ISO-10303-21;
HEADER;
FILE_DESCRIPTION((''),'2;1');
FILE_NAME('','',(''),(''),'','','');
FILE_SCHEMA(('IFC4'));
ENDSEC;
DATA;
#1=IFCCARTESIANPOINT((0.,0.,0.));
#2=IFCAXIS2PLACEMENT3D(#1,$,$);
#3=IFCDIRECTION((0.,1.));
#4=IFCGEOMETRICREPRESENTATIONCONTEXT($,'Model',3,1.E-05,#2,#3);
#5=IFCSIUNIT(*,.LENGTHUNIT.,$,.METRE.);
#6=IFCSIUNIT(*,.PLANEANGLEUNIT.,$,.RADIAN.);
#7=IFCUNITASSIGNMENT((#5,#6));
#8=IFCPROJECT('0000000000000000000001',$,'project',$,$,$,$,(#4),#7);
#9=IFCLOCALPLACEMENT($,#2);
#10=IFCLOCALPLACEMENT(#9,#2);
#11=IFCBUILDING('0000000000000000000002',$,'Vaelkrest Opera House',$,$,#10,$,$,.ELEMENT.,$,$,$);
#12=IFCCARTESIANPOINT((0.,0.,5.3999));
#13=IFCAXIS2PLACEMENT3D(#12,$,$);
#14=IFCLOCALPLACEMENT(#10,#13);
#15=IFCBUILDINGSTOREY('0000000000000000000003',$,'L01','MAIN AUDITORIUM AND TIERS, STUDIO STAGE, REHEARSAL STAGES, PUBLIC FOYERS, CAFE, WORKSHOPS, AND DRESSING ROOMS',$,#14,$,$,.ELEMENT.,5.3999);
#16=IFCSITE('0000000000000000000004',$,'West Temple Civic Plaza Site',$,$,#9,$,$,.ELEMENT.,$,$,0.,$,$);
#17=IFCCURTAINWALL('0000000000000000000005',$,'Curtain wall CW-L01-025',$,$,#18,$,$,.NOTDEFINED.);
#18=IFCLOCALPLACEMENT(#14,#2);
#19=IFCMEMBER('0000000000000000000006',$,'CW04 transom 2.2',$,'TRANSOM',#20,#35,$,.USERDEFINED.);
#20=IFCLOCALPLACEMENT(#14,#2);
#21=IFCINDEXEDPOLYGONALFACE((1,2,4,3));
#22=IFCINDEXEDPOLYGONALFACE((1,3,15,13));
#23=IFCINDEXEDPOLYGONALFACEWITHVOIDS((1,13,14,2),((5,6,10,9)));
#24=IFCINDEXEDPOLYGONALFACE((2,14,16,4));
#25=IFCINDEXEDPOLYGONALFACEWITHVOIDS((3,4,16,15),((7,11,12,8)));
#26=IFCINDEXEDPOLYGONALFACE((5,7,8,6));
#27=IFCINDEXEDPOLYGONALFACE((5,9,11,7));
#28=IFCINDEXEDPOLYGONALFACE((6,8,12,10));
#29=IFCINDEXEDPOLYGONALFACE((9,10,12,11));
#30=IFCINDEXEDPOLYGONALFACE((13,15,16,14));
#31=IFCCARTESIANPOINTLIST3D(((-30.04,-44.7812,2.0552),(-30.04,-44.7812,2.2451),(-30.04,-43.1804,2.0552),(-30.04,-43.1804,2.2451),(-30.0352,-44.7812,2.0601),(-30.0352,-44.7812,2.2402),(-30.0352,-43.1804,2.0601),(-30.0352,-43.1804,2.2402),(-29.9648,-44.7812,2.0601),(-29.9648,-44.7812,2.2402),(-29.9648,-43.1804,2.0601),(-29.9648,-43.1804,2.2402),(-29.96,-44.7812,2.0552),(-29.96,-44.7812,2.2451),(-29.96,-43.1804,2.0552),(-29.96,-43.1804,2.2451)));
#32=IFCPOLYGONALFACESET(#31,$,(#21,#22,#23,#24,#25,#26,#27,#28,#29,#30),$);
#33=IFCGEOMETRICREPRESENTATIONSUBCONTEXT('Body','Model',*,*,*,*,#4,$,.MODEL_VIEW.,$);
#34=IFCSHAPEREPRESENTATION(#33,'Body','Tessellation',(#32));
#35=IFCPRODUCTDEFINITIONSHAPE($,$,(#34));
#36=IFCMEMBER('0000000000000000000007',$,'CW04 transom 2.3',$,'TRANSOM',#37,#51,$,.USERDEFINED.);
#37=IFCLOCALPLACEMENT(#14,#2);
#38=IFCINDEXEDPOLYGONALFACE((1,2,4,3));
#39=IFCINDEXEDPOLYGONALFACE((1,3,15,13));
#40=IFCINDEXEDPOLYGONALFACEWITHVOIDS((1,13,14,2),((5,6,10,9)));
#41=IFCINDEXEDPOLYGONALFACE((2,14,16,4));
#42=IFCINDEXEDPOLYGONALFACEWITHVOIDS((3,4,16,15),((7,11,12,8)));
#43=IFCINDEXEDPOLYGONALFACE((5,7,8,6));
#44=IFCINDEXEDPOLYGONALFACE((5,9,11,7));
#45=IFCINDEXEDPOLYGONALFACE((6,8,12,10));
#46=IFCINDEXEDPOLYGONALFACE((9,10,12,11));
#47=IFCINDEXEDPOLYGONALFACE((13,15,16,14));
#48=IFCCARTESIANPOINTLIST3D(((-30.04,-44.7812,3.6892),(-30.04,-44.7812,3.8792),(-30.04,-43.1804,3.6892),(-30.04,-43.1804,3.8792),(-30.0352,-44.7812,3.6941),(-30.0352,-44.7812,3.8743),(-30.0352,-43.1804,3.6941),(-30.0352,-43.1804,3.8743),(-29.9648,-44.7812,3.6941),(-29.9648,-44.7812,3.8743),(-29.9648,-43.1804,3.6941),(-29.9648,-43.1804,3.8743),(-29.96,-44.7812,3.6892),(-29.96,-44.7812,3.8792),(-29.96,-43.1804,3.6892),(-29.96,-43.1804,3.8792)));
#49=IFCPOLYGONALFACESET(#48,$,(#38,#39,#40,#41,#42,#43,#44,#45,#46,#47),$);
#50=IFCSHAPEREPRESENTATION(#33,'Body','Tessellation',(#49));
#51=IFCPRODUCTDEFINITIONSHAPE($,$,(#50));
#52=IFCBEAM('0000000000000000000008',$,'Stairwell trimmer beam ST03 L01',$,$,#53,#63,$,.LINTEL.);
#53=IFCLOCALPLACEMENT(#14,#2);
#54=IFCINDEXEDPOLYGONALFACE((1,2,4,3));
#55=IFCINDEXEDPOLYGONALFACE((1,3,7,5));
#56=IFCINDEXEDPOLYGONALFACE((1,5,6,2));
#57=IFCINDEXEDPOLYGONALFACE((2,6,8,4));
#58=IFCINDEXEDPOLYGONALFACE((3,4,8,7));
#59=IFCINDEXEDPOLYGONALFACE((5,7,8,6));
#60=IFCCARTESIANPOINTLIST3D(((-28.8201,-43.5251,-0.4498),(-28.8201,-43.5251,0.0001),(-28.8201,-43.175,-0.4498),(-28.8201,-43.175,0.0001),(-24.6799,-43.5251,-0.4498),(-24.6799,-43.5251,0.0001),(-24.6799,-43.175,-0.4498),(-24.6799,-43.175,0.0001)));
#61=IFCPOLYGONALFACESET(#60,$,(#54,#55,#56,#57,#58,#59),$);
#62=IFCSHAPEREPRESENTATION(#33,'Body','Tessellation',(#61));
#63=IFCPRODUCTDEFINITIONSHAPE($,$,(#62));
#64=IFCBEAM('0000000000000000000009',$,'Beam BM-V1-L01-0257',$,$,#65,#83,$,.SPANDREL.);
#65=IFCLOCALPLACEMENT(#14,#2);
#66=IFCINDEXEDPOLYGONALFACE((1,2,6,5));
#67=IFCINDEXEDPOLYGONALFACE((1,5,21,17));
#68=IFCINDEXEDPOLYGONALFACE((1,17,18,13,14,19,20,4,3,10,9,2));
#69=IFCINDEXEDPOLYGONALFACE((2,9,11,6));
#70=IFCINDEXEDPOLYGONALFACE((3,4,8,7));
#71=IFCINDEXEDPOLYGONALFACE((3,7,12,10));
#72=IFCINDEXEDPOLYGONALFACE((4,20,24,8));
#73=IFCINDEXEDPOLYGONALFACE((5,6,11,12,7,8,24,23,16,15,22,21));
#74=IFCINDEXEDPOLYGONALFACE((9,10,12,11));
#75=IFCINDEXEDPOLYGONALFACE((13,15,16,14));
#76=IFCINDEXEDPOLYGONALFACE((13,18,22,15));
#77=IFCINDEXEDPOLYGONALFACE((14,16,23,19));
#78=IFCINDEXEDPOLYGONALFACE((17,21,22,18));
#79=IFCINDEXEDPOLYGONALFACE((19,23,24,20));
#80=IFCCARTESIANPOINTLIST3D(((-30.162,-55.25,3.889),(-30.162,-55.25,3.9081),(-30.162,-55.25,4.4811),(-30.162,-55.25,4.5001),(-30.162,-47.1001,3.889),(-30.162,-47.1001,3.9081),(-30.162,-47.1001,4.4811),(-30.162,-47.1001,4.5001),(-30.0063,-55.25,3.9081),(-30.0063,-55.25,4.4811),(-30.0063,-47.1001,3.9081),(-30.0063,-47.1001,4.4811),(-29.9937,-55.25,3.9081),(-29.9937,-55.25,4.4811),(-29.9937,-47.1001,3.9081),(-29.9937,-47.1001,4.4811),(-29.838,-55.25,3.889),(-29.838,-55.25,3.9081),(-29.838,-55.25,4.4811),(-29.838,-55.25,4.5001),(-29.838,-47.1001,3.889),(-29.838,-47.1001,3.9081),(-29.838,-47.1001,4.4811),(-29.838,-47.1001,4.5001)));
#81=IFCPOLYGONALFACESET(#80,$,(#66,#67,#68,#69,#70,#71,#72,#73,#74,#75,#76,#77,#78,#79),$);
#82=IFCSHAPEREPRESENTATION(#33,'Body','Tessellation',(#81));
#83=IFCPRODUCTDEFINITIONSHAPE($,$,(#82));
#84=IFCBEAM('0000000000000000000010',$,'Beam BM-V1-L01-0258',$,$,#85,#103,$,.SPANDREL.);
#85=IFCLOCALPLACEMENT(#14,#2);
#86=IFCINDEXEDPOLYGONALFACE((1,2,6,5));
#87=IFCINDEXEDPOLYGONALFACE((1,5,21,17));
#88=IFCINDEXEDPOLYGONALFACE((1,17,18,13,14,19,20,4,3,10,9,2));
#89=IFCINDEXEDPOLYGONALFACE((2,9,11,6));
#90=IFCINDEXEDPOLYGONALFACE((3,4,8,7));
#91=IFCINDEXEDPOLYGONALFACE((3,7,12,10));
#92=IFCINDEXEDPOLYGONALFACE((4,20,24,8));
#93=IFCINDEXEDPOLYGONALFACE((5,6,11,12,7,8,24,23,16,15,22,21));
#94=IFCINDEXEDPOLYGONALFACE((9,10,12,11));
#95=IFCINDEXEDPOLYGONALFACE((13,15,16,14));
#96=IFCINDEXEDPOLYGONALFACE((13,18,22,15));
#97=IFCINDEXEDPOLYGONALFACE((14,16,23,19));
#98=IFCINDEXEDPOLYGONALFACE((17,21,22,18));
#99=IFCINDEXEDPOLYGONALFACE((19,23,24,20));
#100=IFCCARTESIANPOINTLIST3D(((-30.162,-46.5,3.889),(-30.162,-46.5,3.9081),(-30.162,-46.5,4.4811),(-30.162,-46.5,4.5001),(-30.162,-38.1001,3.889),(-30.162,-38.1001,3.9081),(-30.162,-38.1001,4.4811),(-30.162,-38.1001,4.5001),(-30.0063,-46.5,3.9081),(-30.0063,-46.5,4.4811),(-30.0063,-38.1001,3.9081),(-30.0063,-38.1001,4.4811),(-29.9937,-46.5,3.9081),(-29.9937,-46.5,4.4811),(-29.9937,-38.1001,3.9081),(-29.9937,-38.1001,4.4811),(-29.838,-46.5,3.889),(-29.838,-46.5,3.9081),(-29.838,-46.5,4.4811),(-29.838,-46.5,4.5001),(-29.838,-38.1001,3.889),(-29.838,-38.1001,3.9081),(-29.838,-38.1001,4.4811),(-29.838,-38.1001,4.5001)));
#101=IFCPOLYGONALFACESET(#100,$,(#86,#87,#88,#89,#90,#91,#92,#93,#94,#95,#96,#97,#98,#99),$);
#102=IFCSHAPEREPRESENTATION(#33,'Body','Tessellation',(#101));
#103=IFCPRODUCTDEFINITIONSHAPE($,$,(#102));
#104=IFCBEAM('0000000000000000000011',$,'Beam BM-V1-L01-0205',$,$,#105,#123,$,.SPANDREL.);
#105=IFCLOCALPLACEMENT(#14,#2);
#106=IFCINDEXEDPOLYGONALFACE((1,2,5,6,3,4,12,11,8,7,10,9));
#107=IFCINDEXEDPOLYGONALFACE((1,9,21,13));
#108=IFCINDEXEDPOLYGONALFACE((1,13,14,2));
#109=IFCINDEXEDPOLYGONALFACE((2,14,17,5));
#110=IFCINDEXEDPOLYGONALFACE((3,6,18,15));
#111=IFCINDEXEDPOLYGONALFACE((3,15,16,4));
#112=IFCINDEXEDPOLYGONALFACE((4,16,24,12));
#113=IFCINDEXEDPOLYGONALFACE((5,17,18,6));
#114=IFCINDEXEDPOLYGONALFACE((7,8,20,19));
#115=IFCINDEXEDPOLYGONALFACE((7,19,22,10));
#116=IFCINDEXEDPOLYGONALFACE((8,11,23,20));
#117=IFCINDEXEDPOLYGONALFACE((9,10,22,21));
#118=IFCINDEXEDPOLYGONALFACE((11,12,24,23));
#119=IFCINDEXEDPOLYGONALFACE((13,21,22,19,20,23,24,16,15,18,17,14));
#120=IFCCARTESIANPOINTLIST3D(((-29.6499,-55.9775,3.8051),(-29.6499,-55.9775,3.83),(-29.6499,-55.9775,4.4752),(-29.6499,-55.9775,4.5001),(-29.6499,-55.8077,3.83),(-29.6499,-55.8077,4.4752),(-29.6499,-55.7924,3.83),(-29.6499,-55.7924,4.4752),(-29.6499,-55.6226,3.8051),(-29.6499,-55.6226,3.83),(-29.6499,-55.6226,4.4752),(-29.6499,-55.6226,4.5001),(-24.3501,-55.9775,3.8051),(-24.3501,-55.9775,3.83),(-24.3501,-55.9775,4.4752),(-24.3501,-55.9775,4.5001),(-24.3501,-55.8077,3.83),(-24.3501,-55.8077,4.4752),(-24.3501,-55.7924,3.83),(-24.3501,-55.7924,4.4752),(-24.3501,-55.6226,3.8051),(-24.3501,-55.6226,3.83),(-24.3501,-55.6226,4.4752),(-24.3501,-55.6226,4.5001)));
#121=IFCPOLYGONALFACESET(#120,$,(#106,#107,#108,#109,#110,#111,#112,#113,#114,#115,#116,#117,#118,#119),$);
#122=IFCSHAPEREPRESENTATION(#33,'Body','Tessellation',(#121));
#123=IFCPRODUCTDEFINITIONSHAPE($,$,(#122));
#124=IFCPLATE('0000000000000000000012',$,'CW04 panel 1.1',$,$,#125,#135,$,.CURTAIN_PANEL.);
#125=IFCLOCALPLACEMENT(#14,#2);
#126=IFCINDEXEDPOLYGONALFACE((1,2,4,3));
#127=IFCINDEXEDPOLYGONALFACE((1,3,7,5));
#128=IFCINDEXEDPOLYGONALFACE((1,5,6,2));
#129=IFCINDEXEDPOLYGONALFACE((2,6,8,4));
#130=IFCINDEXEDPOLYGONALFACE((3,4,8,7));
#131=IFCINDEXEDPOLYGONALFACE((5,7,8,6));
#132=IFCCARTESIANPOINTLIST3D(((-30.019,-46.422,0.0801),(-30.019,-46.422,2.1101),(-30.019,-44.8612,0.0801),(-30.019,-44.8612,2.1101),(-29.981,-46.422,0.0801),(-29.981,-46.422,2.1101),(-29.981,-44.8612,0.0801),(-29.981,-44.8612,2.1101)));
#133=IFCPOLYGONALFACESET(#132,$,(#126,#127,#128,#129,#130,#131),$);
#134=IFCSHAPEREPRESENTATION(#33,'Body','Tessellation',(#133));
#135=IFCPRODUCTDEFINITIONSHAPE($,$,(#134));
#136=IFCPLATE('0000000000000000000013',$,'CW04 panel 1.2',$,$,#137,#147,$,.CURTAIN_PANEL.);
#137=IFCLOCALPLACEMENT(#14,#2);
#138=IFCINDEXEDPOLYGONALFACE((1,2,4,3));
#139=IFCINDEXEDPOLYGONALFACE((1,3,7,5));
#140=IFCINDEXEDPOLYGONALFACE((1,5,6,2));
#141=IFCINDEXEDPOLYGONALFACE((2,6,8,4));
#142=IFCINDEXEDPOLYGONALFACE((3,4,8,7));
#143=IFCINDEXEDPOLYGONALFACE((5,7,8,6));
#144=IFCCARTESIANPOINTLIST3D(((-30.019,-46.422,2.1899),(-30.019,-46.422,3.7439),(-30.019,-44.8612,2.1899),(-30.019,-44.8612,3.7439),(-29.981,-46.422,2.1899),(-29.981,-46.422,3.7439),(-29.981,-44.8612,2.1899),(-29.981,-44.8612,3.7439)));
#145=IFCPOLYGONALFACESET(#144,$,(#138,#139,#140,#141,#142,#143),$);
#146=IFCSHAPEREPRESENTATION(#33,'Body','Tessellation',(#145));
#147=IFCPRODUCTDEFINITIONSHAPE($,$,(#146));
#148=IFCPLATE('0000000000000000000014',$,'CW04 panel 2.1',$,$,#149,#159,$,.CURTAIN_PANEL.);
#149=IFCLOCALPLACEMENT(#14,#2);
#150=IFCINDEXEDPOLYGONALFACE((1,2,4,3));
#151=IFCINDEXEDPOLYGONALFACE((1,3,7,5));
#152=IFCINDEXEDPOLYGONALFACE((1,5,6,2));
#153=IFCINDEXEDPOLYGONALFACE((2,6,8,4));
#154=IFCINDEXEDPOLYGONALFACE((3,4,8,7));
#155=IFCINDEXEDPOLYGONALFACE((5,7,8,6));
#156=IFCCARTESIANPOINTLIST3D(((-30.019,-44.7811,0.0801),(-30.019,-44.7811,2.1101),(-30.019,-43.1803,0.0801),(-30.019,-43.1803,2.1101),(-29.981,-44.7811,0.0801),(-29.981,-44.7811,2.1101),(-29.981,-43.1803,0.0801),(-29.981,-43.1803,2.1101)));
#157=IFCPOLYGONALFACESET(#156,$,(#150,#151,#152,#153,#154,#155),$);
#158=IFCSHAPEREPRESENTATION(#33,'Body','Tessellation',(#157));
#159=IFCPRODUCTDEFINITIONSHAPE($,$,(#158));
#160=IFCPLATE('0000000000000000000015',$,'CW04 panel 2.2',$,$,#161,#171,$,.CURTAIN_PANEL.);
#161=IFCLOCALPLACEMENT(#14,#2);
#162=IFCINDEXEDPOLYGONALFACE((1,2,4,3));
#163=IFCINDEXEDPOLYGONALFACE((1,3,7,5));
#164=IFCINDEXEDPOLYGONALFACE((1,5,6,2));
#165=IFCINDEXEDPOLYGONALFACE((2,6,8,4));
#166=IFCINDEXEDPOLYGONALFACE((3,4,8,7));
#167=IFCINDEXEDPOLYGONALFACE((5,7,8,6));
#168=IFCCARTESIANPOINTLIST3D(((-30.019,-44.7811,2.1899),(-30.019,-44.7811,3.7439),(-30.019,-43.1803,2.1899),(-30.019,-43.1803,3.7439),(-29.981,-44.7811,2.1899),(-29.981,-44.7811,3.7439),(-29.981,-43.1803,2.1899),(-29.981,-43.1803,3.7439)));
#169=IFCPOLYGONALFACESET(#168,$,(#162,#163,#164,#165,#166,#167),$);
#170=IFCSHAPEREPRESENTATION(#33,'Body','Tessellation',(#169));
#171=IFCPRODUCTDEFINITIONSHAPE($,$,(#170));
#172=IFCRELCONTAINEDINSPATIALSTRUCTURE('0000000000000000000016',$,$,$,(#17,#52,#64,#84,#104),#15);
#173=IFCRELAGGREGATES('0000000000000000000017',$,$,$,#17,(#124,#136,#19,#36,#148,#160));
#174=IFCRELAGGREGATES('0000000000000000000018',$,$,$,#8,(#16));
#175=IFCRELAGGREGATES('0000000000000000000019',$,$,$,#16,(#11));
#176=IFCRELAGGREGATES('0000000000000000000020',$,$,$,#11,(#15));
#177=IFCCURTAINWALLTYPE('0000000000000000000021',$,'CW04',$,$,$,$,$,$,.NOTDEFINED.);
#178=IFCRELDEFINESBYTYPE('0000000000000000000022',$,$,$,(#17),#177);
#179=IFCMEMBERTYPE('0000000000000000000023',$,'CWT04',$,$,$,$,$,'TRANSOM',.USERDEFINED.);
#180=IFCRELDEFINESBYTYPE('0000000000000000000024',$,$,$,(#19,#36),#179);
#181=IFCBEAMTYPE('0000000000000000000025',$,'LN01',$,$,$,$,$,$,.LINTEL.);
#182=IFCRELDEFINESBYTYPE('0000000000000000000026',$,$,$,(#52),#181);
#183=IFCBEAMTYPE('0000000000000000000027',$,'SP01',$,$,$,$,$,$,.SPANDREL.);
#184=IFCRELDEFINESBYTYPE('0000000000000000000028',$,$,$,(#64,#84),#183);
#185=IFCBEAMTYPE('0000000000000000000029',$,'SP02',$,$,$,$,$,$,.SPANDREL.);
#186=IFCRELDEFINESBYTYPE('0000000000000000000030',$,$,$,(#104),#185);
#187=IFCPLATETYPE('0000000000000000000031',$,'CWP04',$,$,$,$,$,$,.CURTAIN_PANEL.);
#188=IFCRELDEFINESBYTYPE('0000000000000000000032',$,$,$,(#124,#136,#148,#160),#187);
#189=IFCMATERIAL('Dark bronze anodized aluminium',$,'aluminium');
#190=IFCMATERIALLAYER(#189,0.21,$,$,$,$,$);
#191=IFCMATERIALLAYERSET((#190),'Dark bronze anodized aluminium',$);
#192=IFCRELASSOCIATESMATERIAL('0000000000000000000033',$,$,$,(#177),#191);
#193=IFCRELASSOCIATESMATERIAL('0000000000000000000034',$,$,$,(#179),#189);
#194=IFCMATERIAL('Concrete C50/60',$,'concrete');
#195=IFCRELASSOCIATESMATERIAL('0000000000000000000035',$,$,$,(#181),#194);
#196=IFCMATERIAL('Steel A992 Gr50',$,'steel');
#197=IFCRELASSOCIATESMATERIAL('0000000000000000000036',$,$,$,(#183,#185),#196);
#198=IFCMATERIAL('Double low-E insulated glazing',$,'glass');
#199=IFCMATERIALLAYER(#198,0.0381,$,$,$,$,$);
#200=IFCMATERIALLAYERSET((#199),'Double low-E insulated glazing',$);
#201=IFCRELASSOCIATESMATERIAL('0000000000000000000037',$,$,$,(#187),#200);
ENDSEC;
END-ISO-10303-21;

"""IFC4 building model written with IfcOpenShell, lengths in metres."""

from ifc_helpers import new_model, si_unit, direction, frame, origin, origin_2d, place, context, subcontext, project, spatial, rectangle, hollow_rectangle, i_section, extrude, material, layer, layer_set, material_profile, profile_set, type_object, element, aggregate, save


model = new_model("IFC4")

# Units and contexts
model_context = context("Model", 3, precision=1e-05, world=origin(), true_north=direction((0.0, 1.0)))
body_context = subcontext(model_context, "Body", "Model", "MODEL_VIEW")
ifc_project = project(units=[si_unit("LENGTHUNIT", "METRE"), si_unit("PLANEANGLEUNIT", "RADIAN")], contexts=[model_context])

# Site, building, storey
site_placement = place(None, origin())
site = spatial("IfcSite", under=ifc_project, at=site_placement, Name="West Temple Civic Plaza Site", CompositionType="ELEMENT", RefElevation=0.0)
building_placement = place(site_placement, origin())
building = spatial("IfcBuilding", under=site, at=building_placement, Name="Vaelkrest Opera House", CompositionType="ELEMENT")
storey_placement = place(building_placement, frame((0.0, 0.0, 5.3999)))
storey = spatial("IfcBuildingStorey", under=building, at=storey_placement, Name="L01", Description="MAIN AUDITORIUM AND TIERS, STUDIO STAGE, REHEARSAL STAGES, PUBLIC FOYERS, CAFE, WORKSHOPS, AND DRESSING ROOMS", CompositionType="ELEMENT", Elevation=5.3999)

# Shared definitions
ifc_material_1 = material(Name="Concrete C50/60", Category="concrete")

# Shared definitions
ifc_material_2 = material(Name="Steel A992 Gr50", Category="steel")

# Curtain wall, members
ifc_material_3 = material(Name="Dark bronze anodized aluminium", Category="aluminium")
ifc_layer_1 = layer(ifc_material_3, 0.21)
ifc_layer_set_1 = layer_set([ifc_layer_1], Name="Dark bronze anodized aluminium")
curtain_wall_type = type_object("IfcCurtainWallType", Name="CW04", PredefinedType="NOTDEFINED", material=ifc_layer_set_1)
curtain_wall_placement = place(storey_placement, origin())
curtain_wall = element("IfcCurtainWall", 1, at=curtain_wall_placement, inside=storey, type_object=curtain_wall_type, Name="Curtain wall CW-L01-025", PredefinedType="NOTDEFINED")
ifc_material_profile_1 = material_profile(ifc_material_3, hollow_rectangle(XDim=0.0801, YDim=0.1899, WallThickness=0.0049, at=origin_2d()), Name="CWT80X190")
ifc_profile_set_1 = profile_set([ifc_material_profile_1], Name="Dark bronze anodized aluminium")
member_type_1 = type_object("IfcMemberType", Name="CWT04", ElementType="TRANSOM", PredefinedType="USERDEFINED", material=ifc_profile_set_1)
member_1_placement = place(storey_placement, frame((-30.0, -44.7812, 2.1501), z_axis=(0.0, 1.0, 0.0), x_axis=(-1.0, 0.0, 0.0)))
member_1 = element("IfcMember", 2, at=member_1_placement, type_object=member_type_1, Name="CW04 transom 2.2", ObjectType="TRANSOM", PredefinedType="USERDEFINED", context=body_context, shape_type="SweptSolid", body=[
    extrude(hollow_rectangle(XDim=0.0801, YDim=0.1899, WallThickness=0.0049, at=origin_2d()), origin(), (0.0, 0.0, 1.0), 1.6008),
])
member_2_placement = place(storey_placement, frame((-30.0, -44.7812, 3.7842), z_axis=(0.0, 1.0, 0.0), x_axis=(-1.0, 0.0, 0.0)))
member_2 = element("IfcMember", 3, at=member_2_placement, type_object=member_type_1, Name="CW04 transom 2.3", ObjectType="TRANSOM", PredefinedType="USERDEFINED", context=body_context, shape_type="SweptSolid", body=[
    extrude(hollow_rectangle(XDim=0.0801, YDim=0.1899, WallThickness=0.0049, at=origin_2d()), origin(), (0.0, 0.0, 1.0), 1.6008),
])

# Beams
ifc_material_profile_2 = material_profile(ifc_material_1, rectangle(XDim=0.3501, YDim=0.45, at=origin_2d()), Name="RCB350X450")
ifc_profile_set_2 = profile_set([ifc_material_profile_2], Name="Concrete C50/60")
beam_type_1 = type_object("IfcBeamType", Name="LN01", PredefinedType="LINTEL", material=ifc_profile_set_2)
beam_1_placement = place(storey_placement, frame((-28.8201, -43.3501, -0.2249), z_axis=(1.0, 0.0, 0.0), x_axis=(0.0, 1.0, 0.0)))
element("IfcBeam", 4, at=beam_1_placement, inside=storey, type_object=beam_type_1, Name="Stairwell trimmer beam ST03 L01", PredefinedType="LINTEL", context=body_context, shape_type="SweptSolid", body=[
    extrude(rectangle(XDim=0.3501, YDim=0.45, at=origin_2d()), origin(), (0.0, 0.0, 1.0), 4.1401),
])
ifc_material_profile_3 = material_profile(ifc_material_2, i_section(OverallWidth=0.324, OverallDepth=0.6111, WebThickness=0.0127, FlangeThickness=0.019, at=origin_2d()), Name="W24X104")
ifc_profile_set_3 = profile_set([ifc_material_profile_3], Name="Steel A992 Gr50")
beam_type_2 = type_object("IfcBeamType", Name="SP01", PredefinedType="SPANDREL", material=ifc_profile_set_3)
beam_2_placement = place(storey_placement, frame((-30.0, -55.25, 4.1946), z_axis=(0.0, 1.0, 0.0), x_axis=(-1.0, 0.0, 0.0)))
element("IfcBeam", 5, at=beam_2_placement, inside=storey, type_object=beam_type_2, Name="Beam BM-V1-L01-0257", PredefinedType="SPANDREL", context=body_context, shape_type="SweptSolid", body=[
    extrude(i_section(OverallWidth=0.324, OverallDepth=0.6111, WebThickness=0.0127, FlangeThickness=0.019, at=origin_2d()), origin(), (0.0, 0.0, 1.0), 8.1499),
])
beam_3_placement = place(storey_placement, frame((-30.0, -46.5, 4.1946), z_axis=(0.0, 1.0, 0.0), x_axis=(-1.0, 0.0, 0.0)))
element("IfcBeam", 6, at=beam_3_placement, inside=storey, type_object=beam_type_2, Name="Beam BM-V1-L01-0258", PredefinedType="SPANDREL", context=body_context, shape_type="SweptSolid", body=[
    extrude(i_section(OverallWidth=0.324, OverallDepth=0.6111, WebThickness=0.0127, FlangeThickness=0.019, at=origin_2d()), origin(), (0.0, 0.0, 1.0), 8.3999),
])
ifc_material_profile_4 = material_profile(ifc_material_2, i_section(OverallWidth=0.355, OverallDepth=0.6951, WebThickness=0.0154, FlangeThickness=0.0249, at=origin_2d()), Name="W27X146")
ifc_profile_set_4 = profile_set([ifc_material_profile_4], Name="Steel A992 Gr50")
beam_type_3 = type_object("IfcBeamType", Name="SP02", PredefinedType="SPANDREL", material=ifc_profile_set_4)
beam_4_placement = place(storey_placement, frame((-29.6499, -55.8, 4.1526), z_axis=(1.0, 0.0, 0.0), x_axis=(0.0, 1.0, 0.0)))
element("IfcBeam", 7, at=beam_4_placement, inside=storey, type_object=beam_type_3, Name="Beam BM-V1-L01-0205", PredefinedType="SPANDREL", context=body_context, shape_type="SweptSolid", body=[
    extrude(i_section(OverallWidth=0.355, OverallDepth=0.6951, WebThickness=0.0154, FlangeThickness=0.0249, at=origin_2d()), origin(), (0.0, 0.0, 1.0), 5.2998),
])

# Plates
ifc_material_4 = material(Name="Double low-E insulated glazing", Category="glass")
ifc_layer_2 = layer(ifc_material_4, 0.0381)
ifc_layer_set_2 = layer_set([ifc_layer_2], Name="Double low-E insulated glazing")
plate_type = type_object("IfcPlateType", Name="CWP04", PredefinedType="CURTAIN_PANEL", material=ifc_layer_set_2)
plate_1_placement = place(storey_placement, frame((-30.0, -45.6416, 0.0801), z_axis=(0.0, 0.0, 1.0), x_axis=(0.0, 1.0, 0.0)))
plate_1 = element("IfcPlate", 8, at=plate_1_placement, type_object=plate_type, Name="CW04 panel 1.1", PredefinedType="CURTAIN_PANEL", context=body_context, shape_type="SweptSolid", body=[
    extrude(rectangle(XDim=1.5608, YDim=0.0381, at=origin_2d()), origin(), (0.0, 0.0, 1.0), 2.03),
])
plate_2_placement = place(storey_placement, frame((-30.0, -45.6416, 2.1899), z_axis=(0.0, 0.0, 1.0), x_axis=(0.0, 1.0, 0.0)))
plate_2 = element("IfcPlate", 9, at=plate_2_placement, type_object=plate_type, Name="CW04 panel 1.2", PredefinedType="CURTAIN_PANEL", context=body_context, shape_type="SweptSolid", body=[
    extrude(rectangle(XDim=1.5608, YDim=0.0381, at=origin_2d()), origin(), (0.0, 0.0, 1.0), 1.554),
])
plate_3_placement = place(storey_placement, frame((-30.0, -43.9807, 0.0801), z_axis=(0.0, 0.0, 1.0), x_axis=(0.0, 1.0, 0.0)))
plate_3 = element("IfcPlate", 10, at=plate_3_placement, type_object=plate_type, Name="CW04 panel 2.1", PredefinedType="CURTAIN_PANEL", context=body_context, shape_type="SweptSolid", body=[
    extrude(rectangle(XDim=1.6008, YDim=0.0381, at=origin_2d()), origin(), (0.0, 0.0, 1.0), 2.03),
])
plate_4_placement = place(storey_placement, frame((-30.0, -43.9807, 2.1899), z_axis=(0.0, 0.0, 1.0), x_axis=(0.0, 1.0, 0.0)))
plate_4 = element("IfcPlate", 11, at=plate_4_placement, type_object=plate_type, Name="CW04 panel 2.2", PredefinedType="CURTAIN_PANEL", context=body_context, shape_type="SweptSolid", body=[
    extrude(rectangle(XDim=1.6008, YDim=0.0381, at=origin_2d()), origin(), (0.0, 0.0, 1.0), 1.554),
])
aggregate(curtain_wall, [plate_1, plate_2, member_1, member_2, plate_3, plate_4])

save(model, "model.ifc")
